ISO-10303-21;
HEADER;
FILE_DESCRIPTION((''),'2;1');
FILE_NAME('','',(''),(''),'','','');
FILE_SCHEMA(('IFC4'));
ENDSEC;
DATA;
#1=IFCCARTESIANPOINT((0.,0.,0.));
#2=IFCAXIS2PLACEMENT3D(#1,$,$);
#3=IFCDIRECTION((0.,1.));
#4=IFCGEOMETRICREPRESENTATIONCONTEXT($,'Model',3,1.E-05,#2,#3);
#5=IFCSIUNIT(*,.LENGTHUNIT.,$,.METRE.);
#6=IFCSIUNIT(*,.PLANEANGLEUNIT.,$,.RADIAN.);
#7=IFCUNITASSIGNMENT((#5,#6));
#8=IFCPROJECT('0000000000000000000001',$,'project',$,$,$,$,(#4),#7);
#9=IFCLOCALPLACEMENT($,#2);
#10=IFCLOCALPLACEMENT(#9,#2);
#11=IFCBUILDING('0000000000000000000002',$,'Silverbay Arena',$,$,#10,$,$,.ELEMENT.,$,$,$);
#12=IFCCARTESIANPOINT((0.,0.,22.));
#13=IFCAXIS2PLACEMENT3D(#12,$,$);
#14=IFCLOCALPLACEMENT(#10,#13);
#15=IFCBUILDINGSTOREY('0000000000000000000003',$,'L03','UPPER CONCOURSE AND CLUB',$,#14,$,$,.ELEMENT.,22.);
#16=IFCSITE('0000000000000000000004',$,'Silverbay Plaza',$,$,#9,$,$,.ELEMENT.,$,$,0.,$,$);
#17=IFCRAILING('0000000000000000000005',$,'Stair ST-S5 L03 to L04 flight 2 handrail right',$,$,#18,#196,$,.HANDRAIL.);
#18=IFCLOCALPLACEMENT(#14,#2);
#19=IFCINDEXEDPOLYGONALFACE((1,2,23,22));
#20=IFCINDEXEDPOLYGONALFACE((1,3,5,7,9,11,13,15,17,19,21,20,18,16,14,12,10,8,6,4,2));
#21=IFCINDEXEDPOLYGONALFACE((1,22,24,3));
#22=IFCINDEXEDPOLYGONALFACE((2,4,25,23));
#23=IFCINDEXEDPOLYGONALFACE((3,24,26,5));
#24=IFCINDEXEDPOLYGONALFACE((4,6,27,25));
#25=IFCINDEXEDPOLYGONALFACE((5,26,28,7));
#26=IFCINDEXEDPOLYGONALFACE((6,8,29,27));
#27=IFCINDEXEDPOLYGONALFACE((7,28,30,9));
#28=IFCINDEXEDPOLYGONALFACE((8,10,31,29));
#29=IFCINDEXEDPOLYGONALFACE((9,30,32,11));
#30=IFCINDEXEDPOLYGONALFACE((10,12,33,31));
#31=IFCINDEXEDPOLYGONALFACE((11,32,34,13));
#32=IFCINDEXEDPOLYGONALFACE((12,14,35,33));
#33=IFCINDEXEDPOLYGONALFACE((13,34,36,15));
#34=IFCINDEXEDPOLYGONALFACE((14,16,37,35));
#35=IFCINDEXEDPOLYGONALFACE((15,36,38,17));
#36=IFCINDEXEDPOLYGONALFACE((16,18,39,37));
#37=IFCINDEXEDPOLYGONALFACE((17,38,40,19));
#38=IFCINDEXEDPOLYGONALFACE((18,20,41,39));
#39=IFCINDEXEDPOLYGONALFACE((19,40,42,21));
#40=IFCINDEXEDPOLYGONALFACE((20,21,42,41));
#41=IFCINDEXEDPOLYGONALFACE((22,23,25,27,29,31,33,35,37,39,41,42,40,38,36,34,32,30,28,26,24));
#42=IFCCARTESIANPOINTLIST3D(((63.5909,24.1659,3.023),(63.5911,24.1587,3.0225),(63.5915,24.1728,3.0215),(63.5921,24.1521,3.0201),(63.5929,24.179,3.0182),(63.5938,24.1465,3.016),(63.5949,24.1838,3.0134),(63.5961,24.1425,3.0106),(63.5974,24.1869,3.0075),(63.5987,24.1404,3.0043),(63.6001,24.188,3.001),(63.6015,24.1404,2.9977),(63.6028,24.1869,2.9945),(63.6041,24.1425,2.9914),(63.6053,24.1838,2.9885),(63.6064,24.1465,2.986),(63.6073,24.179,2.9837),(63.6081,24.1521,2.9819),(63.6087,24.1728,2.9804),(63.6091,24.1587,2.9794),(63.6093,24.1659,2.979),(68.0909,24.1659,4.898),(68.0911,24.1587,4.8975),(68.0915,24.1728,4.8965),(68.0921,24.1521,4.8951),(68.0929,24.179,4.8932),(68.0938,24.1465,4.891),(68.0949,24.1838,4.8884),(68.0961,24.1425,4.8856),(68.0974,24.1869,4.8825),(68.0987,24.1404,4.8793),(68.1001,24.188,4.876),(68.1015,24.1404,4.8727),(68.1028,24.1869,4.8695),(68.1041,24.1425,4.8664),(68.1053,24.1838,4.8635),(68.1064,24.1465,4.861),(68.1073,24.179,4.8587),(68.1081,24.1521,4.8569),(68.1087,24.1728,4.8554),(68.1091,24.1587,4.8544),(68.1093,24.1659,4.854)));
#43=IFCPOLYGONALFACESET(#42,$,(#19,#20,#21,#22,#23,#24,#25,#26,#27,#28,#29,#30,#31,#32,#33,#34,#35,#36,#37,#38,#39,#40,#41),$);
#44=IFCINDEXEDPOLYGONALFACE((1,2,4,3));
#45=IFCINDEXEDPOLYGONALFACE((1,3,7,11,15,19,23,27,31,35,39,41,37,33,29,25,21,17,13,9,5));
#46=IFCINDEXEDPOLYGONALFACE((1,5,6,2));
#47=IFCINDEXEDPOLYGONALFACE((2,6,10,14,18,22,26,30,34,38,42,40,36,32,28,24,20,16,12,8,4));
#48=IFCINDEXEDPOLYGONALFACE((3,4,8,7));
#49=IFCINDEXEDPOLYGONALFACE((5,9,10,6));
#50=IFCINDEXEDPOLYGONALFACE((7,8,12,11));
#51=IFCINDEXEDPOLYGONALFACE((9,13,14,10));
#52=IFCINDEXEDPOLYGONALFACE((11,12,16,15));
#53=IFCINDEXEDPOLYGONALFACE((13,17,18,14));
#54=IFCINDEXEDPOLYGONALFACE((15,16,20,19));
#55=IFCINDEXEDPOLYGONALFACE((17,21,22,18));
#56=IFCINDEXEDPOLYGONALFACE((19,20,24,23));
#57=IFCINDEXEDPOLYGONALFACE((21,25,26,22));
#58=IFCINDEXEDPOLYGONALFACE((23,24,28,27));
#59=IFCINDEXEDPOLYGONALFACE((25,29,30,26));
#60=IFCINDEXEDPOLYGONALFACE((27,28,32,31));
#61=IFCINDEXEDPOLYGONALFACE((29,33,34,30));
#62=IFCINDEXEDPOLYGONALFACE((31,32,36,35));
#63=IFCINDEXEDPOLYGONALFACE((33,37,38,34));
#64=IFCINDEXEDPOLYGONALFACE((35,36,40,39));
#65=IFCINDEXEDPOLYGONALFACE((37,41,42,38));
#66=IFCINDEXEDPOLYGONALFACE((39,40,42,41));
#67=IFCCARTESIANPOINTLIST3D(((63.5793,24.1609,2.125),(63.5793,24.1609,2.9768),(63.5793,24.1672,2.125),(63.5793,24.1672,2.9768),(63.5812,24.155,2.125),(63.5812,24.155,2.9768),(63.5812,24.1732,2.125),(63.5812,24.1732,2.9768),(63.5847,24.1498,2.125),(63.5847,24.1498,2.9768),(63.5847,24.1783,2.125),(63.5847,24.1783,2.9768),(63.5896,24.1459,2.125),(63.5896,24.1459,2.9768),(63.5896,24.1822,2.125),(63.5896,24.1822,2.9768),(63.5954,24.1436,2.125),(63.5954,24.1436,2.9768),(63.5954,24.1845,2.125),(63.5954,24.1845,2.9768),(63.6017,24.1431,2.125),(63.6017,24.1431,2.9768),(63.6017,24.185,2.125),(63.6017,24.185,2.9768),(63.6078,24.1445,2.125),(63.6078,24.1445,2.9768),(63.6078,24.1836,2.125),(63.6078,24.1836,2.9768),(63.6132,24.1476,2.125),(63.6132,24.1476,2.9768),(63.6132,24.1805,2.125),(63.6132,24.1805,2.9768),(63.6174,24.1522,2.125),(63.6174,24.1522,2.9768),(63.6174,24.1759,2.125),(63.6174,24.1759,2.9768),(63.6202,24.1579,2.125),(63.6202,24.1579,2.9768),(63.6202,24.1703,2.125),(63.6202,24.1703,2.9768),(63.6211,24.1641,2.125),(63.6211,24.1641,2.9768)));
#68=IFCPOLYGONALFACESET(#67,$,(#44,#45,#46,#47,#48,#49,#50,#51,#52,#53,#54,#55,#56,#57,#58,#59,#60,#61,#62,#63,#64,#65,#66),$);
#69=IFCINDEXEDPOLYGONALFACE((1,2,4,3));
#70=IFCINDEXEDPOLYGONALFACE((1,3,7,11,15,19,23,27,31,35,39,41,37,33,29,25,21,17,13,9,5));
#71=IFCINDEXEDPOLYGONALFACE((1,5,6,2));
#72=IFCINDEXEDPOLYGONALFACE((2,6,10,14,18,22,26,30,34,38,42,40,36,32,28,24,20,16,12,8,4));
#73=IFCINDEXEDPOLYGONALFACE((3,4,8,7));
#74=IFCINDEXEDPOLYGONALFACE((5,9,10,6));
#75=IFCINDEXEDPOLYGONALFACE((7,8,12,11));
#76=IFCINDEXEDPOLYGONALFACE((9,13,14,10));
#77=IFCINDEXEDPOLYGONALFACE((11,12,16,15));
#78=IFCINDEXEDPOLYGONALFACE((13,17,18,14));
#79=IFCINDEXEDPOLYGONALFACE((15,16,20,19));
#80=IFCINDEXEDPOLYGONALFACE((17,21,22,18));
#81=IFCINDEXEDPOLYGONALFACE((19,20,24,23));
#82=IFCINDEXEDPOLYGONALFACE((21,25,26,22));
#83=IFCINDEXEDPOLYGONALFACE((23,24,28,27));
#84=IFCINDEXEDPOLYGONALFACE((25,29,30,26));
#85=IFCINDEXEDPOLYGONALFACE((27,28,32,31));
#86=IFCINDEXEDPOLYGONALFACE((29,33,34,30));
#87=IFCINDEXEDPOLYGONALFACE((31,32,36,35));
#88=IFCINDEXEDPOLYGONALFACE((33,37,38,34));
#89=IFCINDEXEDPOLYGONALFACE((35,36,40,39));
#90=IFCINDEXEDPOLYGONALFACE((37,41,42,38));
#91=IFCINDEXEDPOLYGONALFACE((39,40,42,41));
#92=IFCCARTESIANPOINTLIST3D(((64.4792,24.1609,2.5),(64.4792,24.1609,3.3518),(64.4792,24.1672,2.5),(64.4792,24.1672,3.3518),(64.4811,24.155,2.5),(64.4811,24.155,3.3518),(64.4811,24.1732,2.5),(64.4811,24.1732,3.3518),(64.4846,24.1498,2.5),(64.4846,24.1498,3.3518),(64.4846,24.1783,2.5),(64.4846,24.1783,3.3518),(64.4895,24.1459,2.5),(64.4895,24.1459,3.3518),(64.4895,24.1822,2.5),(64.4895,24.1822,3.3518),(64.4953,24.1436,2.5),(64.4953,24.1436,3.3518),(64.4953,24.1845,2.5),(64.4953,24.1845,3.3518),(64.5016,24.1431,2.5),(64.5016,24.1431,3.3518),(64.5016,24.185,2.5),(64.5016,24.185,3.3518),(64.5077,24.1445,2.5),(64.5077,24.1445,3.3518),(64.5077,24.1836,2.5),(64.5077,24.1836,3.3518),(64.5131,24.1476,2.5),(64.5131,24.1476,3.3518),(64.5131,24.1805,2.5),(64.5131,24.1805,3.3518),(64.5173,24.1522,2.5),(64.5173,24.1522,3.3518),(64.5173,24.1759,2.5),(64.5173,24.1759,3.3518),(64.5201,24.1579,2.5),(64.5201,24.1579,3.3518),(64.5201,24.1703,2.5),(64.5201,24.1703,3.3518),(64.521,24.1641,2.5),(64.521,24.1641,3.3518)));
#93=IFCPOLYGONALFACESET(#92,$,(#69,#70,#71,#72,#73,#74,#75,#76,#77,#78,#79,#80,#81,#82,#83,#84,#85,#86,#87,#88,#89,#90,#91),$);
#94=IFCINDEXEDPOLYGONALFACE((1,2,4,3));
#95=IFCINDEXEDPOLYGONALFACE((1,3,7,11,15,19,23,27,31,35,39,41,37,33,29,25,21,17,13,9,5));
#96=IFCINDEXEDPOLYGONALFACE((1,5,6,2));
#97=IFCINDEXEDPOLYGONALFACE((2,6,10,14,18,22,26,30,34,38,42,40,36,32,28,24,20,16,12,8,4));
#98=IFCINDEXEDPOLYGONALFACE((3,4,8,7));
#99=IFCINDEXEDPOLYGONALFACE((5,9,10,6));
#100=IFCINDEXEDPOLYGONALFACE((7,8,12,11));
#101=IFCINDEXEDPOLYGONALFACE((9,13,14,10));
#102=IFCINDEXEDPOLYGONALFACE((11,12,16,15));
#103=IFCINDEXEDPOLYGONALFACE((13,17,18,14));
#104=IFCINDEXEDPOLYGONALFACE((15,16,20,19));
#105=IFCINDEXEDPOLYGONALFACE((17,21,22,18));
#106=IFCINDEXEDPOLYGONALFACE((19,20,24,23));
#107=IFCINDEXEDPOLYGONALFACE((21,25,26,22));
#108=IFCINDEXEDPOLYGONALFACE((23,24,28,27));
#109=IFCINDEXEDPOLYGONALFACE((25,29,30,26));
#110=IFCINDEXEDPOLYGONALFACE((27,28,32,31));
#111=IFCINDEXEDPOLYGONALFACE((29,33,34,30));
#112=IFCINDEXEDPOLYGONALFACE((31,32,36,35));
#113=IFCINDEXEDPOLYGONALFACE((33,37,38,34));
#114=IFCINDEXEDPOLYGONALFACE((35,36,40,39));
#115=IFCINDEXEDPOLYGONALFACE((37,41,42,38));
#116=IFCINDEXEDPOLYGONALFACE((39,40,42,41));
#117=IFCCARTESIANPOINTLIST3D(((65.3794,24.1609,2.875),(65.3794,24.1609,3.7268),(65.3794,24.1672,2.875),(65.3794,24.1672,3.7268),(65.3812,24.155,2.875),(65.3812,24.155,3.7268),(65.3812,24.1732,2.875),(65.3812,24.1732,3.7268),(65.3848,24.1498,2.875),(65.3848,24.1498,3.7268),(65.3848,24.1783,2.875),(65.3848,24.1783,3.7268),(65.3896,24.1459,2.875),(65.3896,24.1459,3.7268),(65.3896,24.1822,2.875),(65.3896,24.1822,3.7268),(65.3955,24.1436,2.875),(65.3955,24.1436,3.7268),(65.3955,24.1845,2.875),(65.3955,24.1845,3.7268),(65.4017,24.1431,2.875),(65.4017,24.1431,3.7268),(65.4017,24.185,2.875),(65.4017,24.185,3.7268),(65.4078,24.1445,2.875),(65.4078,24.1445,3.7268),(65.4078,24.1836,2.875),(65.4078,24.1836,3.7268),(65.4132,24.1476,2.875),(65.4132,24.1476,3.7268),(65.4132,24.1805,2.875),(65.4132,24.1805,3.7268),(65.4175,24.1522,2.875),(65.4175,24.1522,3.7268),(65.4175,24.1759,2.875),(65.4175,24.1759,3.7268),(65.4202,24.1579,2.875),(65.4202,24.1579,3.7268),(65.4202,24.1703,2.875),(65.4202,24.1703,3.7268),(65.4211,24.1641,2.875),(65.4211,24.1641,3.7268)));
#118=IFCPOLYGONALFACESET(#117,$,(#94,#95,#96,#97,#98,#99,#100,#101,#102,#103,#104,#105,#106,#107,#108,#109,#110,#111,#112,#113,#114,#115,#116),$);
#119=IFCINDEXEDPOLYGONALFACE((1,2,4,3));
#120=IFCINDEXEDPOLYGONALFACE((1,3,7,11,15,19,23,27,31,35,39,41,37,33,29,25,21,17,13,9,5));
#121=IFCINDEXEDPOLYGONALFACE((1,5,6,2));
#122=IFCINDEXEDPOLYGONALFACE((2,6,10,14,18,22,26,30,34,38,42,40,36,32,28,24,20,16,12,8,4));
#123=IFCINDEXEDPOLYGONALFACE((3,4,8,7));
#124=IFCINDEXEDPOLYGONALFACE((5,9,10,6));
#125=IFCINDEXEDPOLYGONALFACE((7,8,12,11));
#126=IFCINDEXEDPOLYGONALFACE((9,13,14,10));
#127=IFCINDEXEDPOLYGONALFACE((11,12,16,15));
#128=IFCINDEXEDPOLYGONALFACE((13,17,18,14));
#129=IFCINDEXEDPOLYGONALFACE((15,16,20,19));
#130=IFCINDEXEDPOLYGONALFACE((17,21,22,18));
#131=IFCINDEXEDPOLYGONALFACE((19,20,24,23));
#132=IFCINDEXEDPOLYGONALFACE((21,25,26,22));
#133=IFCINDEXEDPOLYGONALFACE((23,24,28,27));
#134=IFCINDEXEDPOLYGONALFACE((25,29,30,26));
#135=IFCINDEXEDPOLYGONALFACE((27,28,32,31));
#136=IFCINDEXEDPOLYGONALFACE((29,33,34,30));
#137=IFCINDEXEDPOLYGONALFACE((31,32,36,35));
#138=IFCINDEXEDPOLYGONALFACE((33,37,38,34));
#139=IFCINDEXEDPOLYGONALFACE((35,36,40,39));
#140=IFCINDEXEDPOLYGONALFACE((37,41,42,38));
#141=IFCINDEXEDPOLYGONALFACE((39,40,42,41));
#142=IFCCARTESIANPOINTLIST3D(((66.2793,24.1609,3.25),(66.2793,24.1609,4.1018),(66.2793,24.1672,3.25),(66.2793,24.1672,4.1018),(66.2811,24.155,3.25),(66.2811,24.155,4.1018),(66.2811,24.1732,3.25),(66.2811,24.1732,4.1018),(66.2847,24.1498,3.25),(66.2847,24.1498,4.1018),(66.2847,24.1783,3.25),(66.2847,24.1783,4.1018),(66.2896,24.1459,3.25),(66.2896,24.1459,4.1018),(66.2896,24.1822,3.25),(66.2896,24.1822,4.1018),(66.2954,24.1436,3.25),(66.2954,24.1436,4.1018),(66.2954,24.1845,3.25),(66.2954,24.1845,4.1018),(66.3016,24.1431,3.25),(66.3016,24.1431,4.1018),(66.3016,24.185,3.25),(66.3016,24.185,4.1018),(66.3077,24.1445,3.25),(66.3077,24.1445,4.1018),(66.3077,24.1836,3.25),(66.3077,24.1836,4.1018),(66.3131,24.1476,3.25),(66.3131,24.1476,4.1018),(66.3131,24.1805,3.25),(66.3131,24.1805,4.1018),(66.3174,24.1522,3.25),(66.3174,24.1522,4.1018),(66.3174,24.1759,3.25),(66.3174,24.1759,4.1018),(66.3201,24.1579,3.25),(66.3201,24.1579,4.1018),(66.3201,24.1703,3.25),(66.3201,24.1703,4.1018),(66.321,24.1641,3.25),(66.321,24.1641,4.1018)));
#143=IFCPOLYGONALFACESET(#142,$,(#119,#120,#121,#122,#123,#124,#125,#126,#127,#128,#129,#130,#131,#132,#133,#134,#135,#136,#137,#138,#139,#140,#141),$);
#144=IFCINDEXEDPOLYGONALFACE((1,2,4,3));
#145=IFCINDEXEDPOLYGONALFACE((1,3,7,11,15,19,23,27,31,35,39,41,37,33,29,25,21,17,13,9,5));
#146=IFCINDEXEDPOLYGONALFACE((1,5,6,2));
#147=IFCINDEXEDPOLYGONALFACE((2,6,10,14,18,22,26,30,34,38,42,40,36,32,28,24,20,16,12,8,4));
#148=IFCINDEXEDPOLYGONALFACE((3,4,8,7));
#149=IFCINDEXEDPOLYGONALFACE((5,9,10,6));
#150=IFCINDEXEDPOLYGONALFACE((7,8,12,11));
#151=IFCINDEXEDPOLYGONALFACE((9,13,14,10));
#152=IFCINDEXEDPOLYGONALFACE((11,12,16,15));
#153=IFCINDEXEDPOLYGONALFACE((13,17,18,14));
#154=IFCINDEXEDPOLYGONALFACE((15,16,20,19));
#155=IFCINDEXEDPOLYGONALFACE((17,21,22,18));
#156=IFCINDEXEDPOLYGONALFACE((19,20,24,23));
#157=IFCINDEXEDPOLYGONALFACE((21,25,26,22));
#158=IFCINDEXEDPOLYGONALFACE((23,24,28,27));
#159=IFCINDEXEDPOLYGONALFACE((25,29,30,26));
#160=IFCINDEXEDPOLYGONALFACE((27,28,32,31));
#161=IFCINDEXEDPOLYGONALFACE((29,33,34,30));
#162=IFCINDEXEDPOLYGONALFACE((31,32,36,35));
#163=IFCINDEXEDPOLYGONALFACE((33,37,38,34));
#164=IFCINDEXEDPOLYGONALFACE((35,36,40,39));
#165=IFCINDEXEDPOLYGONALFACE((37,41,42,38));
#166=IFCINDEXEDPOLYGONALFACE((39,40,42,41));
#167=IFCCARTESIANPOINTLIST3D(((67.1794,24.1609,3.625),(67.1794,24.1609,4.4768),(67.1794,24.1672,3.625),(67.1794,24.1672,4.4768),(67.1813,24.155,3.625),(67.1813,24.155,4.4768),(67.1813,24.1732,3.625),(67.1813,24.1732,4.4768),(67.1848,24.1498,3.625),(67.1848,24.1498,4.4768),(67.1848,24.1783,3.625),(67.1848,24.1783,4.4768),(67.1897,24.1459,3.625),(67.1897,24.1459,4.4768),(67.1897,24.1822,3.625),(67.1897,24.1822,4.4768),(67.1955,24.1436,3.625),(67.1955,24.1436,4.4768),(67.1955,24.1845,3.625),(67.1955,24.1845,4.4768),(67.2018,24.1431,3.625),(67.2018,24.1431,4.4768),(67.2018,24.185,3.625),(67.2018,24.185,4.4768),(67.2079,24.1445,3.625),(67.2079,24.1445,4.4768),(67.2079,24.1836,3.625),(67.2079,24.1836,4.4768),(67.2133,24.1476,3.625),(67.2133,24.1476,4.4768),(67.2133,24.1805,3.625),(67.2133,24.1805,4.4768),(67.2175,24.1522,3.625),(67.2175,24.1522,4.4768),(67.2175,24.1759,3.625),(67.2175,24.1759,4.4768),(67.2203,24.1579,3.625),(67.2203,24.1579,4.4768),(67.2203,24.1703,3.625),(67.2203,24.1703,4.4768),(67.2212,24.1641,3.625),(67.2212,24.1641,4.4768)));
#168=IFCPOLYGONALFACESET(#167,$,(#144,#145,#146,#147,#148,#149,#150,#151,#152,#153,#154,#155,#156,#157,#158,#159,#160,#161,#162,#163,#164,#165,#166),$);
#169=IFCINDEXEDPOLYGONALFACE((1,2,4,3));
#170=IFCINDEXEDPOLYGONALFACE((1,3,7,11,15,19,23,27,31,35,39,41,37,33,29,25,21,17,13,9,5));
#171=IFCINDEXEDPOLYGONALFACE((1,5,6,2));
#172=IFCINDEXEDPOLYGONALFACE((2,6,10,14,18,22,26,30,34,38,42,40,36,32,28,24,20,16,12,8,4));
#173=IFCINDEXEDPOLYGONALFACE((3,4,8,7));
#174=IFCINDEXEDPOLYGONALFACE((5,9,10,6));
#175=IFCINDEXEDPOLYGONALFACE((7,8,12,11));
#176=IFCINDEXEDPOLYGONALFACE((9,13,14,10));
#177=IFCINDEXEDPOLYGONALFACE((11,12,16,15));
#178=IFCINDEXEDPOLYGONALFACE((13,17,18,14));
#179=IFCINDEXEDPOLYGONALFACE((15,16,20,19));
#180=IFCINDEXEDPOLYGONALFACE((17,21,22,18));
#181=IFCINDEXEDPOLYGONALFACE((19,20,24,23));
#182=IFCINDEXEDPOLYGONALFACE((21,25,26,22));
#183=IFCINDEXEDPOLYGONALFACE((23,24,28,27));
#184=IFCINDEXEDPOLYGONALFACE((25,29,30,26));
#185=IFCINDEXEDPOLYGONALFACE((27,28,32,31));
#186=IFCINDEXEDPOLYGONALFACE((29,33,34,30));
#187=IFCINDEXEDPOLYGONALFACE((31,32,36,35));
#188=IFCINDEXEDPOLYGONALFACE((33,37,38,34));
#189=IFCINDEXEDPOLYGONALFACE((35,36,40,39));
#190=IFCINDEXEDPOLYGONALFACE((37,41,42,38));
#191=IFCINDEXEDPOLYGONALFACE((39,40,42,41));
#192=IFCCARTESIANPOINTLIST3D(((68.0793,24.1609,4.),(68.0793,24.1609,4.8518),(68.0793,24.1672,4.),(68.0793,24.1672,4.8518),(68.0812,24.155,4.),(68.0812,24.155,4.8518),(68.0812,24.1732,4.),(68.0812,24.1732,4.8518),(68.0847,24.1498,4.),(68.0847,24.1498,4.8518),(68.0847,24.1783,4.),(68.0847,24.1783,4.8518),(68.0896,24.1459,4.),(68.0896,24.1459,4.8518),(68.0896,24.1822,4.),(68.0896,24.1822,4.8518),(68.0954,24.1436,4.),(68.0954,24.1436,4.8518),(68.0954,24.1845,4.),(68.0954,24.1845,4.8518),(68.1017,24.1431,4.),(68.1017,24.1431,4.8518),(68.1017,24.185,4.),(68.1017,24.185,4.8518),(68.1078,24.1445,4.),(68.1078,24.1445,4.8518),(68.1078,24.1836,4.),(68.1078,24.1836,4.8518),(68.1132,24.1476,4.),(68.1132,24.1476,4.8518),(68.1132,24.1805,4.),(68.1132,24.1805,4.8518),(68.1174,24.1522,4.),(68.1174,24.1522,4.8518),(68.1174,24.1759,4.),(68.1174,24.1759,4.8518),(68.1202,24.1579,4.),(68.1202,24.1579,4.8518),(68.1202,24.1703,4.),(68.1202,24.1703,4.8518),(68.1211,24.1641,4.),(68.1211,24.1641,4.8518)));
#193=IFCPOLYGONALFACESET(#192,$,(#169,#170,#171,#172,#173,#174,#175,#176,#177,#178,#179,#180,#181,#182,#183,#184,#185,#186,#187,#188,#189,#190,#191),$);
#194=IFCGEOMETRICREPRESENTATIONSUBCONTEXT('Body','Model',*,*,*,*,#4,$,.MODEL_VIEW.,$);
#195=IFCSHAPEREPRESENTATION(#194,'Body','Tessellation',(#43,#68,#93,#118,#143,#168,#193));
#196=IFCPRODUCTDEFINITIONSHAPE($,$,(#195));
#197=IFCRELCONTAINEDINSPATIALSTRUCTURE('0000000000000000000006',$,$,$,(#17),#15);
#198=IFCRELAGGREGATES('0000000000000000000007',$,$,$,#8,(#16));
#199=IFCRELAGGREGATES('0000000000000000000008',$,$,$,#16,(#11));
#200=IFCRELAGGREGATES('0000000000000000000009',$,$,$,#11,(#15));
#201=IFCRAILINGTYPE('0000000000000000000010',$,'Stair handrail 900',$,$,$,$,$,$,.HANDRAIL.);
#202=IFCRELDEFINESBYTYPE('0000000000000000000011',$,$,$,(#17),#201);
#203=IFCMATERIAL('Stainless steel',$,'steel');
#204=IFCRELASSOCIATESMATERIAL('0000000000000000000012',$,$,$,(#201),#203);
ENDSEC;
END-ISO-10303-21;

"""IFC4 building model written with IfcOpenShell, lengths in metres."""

from ifc_helpers import new_model, si_unit, direction, frame, origin, origin_2d, place, context, subcontext, project, spatial, circle, extrude, material, type_object, element, save


model = new_model("IFC4")

# Units and contexts
model_context = context("Model", 3, precision=1e-05, world=origin(), true_north=direction((0.0, 1.0)))
body_context = subcontext(model_context, "Body", "Model", "MODEL_VIEW")
ifc_project = project(units=[si_unit("LENGTHUNIT", "METRE"), si_unit("PLANEANGLEUNIT", "RADIAN")], contexts=[model_context])

# Site, building, storey
site_placement = place(None, origin())
site = spatial("IfcSite", under=ifc_project, at=site_placement, Name="Silverbay Plaza", CompositionType="ELEMENT", RefElevation=0.0)
building_placement = place(site_placement, origin())
building = spatial("IfcBuilding", under=site, at=building_placement, Name="Silverbay Arena", CompositionType="ELEMENT")
storey_placement = place(building_placement, frame((0.0, 0.0, 22.0)))
storey = spatial("IfcBuildingStorey", under=building, at=storey_placement, Name="L03", Description="UPPER CONCOURSE AND CLUB", CompositionType="ELEMENT", Elevation=22.0)

# Railing
ifc_material_1 = material(Name="Stainless steel", Category="steel")
railing_type_1 = type_object("IfcRailingType", Name="Stair handrail 900", PredefinedType="HANDRAIL", material=ifc_material_1)
for number, where, name in (
    (1, (63.6001, 24.1641, 2.125), "Stair ST-S5 L03 to L04 flight 2 handrail right"),
):
    element("IfcRailing", number, at=place(storey_placement, frame(where)), inside=storey, type_object=railing_type_1, Name=name, PredefinedType="HANDRAIL", context=body_context, shape_type="SweptSolid", body=[
        extrude(circle(Radius=0.0239, at=origin_2d()), frame((0.0, 0.0, 0.876), z_axis=(0.923077, 0.0, 0.384615), x_axis=(0.0, 1.0, 0.0)), (0.0, 0.0, 1.0), 4.875),
        extrude(circle(Radius=0.021, at=origin_2d()), origin(), (0.0, 0.0, 1.0), 0.8518),
        extrude(circle(Radius=0.021, at=origin_2d()), frame((0.8999, 0.0, 0.375)), (0.0, 0.0, 1.0), 0.8518),
        extrude(circle(Radius=0.021, at=origin_2d()), frame((1.8, 0.0, 0.75)), (0.0, 0.0, 1.0), 0.8518),
        extrude(circle(Radius=0.021, at=origin_2d()), frame((2.7, 0.0, 1.125)), (0.0, 0.0, 1.0), 0.8518),
        extrude(circle(Radius=0.021, at=origin_2d()), frame((3.6001, 0.0, 1.5)), (0.0, 0.0, 1.0), 0.8518),
        extrude(circle(Radius=0.021, at=origin_2d()), frame((4.5, 0.0, 1.875)), (0.0, 0.0, 1.0), 0.8518),
    ])

save(model, "model.ifc")
